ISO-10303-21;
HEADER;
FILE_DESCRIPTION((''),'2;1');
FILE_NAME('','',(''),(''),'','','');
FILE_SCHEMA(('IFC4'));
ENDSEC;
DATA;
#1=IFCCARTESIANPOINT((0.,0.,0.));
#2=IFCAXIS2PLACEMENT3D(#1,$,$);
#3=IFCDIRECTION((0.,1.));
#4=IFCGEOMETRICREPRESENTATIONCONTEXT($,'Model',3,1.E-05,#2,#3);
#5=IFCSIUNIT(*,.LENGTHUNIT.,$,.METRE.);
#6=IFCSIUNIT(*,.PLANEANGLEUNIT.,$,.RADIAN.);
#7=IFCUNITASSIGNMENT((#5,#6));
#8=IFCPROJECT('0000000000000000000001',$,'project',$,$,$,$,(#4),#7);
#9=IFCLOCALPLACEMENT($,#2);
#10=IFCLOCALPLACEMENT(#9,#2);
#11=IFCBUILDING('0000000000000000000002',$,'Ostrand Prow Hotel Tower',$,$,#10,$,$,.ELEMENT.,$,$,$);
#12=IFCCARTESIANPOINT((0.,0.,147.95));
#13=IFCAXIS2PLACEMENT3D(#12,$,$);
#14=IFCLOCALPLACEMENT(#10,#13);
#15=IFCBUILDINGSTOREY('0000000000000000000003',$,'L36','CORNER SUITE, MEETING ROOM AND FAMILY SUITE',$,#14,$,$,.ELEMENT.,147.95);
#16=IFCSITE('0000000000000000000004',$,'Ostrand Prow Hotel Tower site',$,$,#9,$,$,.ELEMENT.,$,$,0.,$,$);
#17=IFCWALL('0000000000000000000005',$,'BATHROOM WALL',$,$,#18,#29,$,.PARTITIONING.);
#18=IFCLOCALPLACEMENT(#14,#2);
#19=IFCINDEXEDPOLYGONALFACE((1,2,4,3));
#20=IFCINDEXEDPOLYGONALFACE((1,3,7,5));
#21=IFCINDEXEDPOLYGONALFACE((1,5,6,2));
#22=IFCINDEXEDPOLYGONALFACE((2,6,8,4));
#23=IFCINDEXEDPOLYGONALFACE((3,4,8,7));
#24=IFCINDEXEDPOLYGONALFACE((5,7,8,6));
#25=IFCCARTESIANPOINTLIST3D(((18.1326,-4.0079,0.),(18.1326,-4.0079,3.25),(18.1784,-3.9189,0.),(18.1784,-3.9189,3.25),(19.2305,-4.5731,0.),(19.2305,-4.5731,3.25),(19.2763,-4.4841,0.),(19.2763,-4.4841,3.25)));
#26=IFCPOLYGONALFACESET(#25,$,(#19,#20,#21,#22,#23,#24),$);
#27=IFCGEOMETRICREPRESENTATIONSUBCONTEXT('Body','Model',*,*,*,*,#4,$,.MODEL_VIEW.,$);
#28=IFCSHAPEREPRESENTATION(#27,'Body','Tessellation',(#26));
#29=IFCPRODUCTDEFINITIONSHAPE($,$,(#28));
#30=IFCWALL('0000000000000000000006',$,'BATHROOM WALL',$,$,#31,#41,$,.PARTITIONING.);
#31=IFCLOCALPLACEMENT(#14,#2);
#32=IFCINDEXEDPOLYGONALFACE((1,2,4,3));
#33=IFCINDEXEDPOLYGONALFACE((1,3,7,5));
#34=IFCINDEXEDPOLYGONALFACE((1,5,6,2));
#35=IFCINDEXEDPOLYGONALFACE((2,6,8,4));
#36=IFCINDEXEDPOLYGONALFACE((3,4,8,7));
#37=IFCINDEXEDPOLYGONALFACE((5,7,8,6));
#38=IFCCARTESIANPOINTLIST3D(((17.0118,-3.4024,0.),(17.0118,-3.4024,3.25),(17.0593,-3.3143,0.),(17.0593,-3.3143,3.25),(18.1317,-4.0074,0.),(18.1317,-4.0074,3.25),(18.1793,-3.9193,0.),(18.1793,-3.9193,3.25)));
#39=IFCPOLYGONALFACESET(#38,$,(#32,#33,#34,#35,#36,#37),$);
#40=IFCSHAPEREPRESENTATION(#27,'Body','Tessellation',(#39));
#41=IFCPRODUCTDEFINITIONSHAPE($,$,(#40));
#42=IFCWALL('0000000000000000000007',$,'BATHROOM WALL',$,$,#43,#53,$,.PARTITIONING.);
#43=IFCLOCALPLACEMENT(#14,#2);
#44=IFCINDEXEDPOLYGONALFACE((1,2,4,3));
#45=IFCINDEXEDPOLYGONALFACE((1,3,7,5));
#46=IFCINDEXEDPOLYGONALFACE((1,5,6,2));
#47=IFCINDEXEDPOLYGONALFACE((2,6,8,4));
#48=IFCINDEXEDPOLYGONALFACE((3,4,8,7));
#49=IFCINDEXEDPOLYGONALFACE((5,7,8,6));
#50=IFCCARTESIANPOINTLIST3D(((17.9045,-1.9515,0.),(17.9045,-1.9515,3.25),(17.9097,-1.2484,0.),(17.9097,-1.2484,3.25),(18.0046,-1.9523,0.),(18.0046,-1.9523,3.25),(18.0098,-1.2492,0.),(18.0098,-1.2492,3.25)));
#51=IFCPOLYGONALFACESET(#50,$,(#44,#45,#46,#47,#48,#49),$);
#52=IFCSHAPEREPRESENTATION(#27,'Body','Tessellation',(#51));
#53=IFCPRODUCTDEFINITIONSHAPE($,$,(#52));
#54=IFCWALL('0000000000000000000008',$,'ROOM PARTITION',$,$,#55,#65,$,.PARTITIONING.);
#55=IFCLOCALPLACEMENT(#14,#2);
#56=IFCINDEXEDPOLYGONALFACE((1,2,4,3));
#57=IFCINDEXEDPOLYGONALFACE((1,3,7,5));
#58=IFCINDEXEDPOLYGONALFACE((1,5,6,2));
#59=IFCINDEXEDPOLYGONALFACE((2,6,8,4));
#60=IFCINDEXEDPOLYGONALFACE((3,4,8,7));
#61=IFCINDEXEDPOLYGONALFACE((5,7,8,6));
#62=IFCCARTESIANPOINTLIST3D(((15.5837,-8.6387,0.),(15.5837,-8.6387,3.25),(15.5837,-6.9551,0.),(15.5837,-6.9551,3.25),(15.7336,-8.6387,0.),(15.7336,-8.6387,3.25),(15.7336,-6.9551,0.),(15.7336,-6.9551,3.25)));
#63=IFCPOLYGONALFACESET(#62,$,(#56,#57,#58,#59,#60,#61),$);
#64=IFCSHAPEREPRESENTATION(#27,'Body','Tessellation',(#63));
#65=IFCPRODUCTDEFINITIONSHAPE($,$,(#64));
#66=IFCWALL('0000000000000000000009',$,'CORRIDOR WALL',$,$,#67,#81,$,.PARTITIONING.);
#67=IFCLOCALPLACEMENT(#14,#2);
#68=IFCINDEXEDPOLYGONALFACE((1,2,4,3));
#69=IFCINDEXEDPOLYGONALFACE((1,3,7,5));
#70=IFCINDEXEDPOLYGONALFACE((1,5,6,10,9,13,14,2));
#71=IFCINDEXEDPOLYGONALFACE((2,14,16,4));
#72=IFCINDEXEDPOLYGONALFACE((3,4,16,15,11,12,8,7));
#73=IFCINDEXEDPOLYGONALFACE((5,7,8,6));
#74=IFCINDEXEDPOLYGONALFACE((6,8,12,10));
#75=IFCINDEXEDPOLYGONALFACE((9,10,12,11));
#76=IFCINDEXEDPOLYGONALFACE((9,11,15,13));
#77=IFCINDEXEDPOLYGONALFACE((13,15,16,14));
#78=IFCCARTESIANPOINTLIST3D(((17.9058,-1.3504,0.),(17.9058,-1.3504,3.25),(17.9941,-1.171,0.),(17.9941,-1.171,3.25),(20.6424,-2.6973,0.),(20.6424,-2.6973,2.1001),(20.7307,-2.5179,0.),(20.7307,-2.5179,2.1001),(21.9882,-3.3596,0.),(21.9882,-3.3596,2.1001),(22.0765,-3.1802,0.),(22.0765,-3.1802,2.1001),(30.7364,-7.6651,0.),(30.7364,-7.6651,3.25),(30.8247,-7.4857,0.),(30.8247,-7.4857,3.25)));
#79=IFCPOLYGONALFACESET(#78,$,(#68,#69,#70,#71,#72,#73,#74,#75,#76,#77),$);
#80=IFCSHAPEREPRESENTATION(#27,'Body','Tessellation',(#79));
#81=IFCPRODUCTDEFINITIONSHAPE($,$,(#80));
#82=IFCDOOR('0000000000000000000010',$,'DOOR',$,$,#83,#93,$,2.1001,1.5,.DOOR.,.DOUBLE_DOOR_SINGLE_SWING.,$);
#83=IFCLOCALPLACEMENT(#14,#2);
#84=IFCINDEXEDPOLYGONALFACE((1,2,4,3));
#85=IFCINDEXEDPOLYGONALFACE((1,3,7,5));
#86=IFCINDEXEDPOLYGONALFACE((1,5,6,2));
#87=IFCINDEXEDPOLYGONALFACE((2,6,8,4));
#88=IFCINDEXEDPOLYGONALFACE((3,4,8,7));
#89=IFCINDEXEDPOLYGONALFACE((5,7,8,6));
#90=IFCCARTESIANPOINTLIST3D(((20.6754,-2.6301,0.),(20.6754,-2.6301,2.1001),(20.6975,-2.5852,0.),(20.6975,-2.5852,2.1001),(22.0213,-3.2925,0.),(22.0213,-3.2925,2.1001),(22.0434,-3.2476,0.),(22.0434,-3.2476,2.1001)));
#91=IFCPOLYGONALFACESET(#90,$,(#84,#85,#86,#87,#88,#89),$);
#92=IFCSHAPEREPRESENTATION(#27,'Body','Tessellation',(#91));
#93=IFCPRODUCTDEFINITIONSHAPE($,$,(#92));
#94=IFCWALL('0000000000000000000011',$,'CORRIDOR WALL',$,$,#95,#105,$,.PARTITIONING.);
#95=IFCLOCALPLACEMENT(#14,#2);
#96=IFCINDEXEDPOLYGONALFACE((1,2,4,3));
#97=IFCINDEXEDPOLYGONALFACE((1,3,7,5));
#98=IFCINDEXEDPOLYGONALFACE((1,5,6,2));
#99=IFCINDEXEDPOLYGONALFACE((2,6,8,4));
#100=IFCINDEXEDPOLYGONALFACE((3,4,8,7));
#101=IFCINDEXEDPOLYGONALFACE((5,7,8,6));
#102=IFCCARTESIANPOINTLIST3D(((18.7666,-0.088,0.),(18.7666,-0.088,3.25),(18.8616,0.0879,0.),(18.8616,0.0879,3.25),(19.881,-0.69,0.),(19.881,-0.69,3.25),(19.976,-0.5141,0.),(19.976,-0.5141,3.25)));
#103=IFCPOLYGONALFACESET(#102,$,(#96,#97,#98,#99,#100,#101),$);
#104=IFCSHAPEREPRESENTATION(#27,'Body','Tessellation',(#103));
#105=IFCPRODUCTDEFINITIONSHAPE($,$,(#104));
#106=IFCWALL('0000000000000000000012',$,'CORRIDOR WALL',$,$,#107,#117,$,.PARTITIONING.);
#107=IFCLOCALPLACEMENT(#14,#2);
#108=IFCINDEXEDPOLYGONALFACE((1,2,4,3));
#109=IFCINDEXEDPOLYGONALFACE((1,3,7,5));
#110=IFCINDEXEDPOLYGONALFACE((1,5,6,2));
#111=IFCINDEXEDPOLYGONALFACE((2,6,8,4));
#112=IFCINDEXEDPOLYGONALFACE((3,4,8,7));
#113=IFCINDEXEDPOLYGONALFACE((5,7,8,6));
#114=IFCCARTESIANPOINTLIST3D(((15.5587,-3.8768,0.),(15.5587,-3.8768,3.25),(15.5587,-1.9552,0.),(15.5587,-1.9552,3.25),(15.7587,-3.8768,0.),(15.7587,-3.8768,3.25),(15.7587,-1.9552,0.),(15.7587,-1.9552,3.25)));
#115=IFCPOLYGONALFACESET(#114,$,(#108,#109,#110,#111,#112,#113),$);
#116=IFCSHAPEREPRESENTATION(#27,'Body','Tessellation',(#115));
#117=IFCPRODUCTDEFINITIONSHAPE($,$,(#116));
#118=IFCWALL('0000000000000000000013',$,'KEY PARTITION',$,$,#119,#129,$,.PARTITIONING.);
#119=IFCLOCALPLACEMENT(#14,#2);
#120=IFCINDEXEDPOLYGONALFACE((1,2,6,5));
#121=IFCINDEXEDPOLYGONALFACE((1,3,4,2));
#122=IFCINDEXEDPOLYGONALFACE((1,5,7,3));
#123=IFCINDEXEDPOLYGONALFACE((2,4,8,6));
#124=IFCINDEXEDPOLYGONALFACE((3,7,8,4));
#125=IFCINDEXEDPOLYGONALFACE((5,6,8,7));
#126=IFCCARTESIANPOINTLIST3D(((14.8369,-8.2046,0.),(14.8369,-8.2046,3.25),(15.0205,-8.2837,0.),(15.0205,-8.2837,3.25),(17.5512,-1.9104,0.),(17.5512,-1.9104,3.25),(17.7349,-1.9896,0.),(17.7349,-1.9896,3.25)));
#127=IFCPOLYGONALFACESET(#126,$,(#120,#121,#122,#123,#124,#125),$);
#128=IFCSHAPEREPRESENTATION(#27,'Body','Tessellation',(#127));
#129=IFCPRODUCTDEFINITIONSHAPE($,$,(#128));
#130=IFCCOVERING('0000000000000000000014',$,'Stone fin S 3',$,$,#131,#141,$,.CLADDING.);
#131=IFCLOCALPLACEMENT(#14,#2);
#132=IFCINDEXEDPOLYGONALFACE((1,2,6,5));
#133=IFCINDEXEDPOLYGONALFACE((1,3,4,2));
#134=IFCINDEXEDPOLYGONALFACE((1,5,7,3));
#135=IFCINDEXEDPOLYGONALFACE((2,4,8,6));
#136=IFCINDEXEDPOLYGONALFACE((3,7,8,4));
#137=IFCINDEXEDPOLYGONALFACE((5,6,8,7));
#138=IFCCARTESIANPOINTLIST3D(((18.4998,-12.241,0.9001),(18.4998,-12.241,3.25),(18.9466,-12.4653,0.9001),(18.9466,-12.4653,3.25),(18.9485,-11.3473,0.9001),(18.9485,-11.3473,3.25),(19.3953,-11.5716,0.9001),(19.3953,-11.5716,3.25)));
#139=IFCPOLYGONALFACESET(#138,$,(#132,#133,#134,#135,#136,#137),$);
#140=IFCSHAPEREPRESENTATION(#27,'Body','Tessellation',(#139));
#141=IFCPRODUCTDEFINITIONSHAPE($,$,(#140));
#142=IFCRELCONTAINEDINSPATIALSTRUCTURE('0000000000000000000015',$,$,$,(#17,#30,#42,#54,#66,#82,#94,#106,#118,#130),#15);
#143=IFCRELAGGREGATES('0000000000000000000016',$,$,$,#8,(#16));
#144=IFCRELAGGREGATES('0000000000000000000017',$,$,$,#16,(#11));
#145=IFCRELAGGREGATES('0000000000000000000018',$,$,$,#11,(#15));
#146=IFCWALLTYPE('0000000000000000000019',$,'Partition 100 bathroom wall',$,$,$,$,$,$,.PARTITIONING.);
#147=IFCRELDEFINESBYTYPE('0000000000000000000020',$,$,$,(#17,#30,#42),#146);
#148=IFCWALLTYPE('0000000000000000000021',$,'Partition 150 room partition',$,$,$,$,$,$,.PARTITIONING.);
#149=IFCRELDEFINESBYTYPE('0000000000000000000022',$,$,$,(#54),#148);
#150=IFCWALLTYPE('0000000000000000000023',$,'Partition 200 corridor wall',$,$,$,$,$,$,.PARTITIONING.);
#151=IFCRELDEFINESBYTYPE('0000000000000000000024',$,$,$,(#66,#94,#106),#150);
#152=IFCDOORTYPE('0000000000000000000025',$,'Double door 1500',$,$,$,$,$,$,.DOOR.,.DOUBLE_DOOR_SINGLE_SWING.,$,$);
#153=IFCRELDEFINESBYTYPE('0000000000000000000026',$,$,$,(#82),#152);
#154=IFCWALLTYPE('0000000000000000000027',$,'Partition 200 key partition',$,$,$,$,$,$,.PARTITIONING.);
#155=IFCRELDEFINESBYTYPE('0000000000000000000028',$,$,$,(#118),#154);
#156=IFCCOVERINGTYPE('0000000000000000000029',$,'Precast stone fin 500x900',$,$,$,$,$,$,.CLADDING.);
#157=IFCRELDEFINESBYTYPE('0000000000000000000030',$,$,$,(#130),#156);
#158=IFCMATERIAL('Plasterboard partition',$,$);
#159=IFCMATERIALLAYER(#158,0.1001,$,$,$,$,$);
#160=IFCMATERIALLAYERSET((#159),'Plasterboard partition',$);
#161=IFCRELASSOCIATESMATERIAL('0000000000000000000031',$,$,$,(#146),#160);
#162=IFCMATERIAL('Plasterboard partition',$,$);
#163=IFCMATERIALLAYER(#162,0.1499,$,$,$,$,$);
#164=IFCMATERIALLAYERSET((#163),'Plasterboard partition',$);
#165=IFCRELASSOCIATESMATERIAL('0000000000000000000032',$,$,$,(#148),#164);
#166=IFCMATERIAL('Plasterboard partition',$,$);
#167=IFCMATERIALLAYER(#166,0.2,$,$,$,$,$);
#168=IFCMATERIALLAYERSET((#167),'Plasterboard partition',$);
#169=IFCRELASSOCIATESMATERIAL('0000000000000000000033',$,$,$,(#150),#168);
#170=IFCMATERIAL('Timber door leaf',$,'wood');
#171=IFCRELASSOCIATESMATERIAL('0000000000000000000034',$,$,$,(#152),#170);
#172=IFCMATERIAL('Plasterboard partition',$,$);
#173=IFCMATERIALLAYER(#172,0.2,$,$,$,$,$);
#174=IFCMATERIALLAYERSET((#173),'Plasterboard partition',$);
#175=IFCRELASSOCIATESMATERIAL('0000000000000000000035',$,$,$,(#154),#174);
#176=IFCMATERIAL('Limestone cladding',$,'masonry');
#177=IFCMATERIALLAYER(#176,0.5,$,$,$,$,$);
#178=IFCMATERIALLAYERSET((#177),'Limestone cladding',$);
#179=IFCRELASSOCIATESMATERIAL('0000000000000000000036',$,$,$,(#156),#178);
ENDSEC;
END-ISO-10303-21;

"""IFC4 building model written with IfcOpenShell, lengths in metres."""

from ifc_helpers import new_model, si_unit, direction, frame, frame_2d, origin, place, context, subcontext, project, spatial, rectangle, extrude, material, layer, layer_set, type_object, element, fill, save


model = new_model("IFC4")

# Units and contexts
model_context = context("Model", 3, precision=1e-05, world=origin(), true_north=direction((0.0, 1.0)))
body_context = subcontext(model_context, "Body", "Model", "MODEL_VIEW")
ifc_project = project(units=[si_unit("LENGTHUNIT", "METRE"), si_unit("PLANEANGLEUNIT", "RADIAN")], contexts=[model_context])

# Site, building, storey
site_placement = place(None, origin())
site = spatial("IfcSite", under=ifc_project, at=site_placement, Name="Ostrand Prow Hotel Tower site", CompositionType="ELEMENT", RefElevation=0.0)
building_placement = place(site_placement, origin())
building = spatial("IfcBuilding", under=site, at=building_placement, Name="Ostrand Prow Hotel Tower", CompositionType="ELEMENT")
storey_placement = place(building_placement, frame((0.0, 0.0, 147.95)))
storey = spatial("IfcBuildingStorey", under=building, at=storey_placement, Name="L36", Description="CORNER SUITE, MEETING ROOM AND FAMILY SUITE", CompositionType="ELEMENT", Elevation=147.95)

# Shared definitions
ifc_material_1 = material(Name="Plasterboard partition")
ifc_layer_1 = layer(ifc_material_1, 0.1001)
ifc_layer_set_1 = layer_set([ifc_layer_1], Name="Plasterboard partition")
wall_type_1 = type_object("IfcWallType", Name="Partition 100 bathroom wall", PredefinedType="PARTITIONING", material=ifc_layer_set_1)

# Walls
wall_1_placement = place(storey_placement, frame((19.2534, -4.5286, 0.0), z_axis=(0.0, 0.0, 1.0), x_axis=(-0.889106, 0.457701, 0.0)))
element("IfcWall", 1, at=wall_1_placement, inside=storey, type_object=wall_type_1, Name="BATHROOM WALL", PredefinedType="PARTITIONING", context=body_context, shape_type="SweptSolid", body=[
    extrude(rectangle(XDim=1.2349, YDim=0.1001, at=frame_2d((0.6174, 0.0))), origin(), (0.0, 0.0, 1.0), 3.25),
])
wall_2_placement = place(storey_placement, frame((18.1555, -3.9634, 0.0), z_axis=(0.0, 0.0, 1.0), x_axis=(-0.879824, 0.4753, 0.0)))
element("IfcWall", 2, at=wall_2_placement, inside=storey, type_object=wall_type_1, Name="BATHROOM WALL", PredefinedType="PARTITIONING", context=body_context, shape_type="SweptSolid", body=[
    extrude(rectangle(XDim=1.2729, YDim=0.1001, at=frame_2d((0.6365, 0.0))), origin(), (0.0, 0.0, 1.0), 3.25),
])
wall_3_placement = place(storey_placement, frame((17.9546, -1.9519, 0.0), z_axis=(0.0, 0.0, 1.0), x_axis=(0.007291, 0.999973, 0.0)))
element("IfcWall", 3, at=wall_3_placement, inside=storey, type_object=wall_type_1, Name="BATHROOM WALL", PredefinedType="PARTITIONING", context=body_context, shape_type="SweptSolid", body=[
    extrude(rectangle(XDim=0.7031, YDim=0.1001, at=frame_2d((0.3516, 0.0))), origin(), (0.0, 0.0, 1.0), 3.25),
])
ifc_material_2 = material(Name="Plasterboard partition")
ifc_layer_2 = layer(ifc_material_2, 0.1499)
ifc_layer_set_2 = layer_set([ifc_layer_2], Name="Plasterboard partition")
wall_type_2 = type_object("IfcWallType", Name="Partition 150 room partition", PredefinedType="PARTITIONING", material=ifc_layer_set_2)
wall_4_placement = place(storey_placement, frame((15.6587, -6.9551, 0.0), z_axis=(0.0, 0.0, 1.0), x_axis=(0.0, -1.0, 0.0)))
element("IfcWall", 4, at=wall_4_placement, inside=storey, type_object=wall_type_2, Name="ROOM PARTITION", PredefinedType="PARTITIONING", context=body_context, shape_type="SweptSolid", body=[
    extrude(rectangle(XDim=1.6836, YDim=0.1499, at=frame_2d((0.8418, 0.0))), origin(), (0.0, 0.0, 1.0), 3.25),
])

# Wall, opening, door
ifc_material_3 = material(Name="Plasterboard partition")
ifc_layer_3 = layer(ifc_material_3, 0.2)
ifc_layer_set_3 = layer_set([ifc_layer_3], Name="Plasterboard partition")
wall_type_3 = type_object("IfcWallType", Name="Partition 200 corridor wall", PredefinedType="PARTITIONING", material=ifc_layer_set_3)
wall_5_placement = place(storey_placement, frame((17.95, -1.2607, 0.0), z_axis=(0.0, 0.0, 1.0), x_axis=(0.897223, -0.441578, 0.0)))
wall_5 = element("IfcWall", 5, at=wall_5_placement, inside=storey, type_object=wall_type_3, Name="CORRIDOR WALL", PredefinedType="PARTITIONING", context=body_context, shape_type="SweptSolid", body=[
    extrude(rectangle(XDim=14.3003, YDim=0.2, at=frame_2d((7.1501, 0.0))), origin(), (0.0, 0.0, 1.0), 3.25),
])
opening_1_placement = place(wall_5_placement, frame((3.05, 0.0, 0.0)))
opening_1 = element("IfcOpeningElement", 6, at=opening_1_placement, cuts=wall_5, PredefinedType="OPENING", context=body_context, shape_type="SweptSolid", body=[
    extrude(rectangle(XDim=1.5, YDim=2.1001, at=frame_2d((0.75, 1.05))), frame((0.0, 0.1099, 0.0), z_axis=(0.0, -1.0, 0.0), x_axis=(1.0, 0.0, 0.0)), (0.0, 0.0, 1.0), 0.22),
])
ifc_material_4 = material(Name="Timber door leaf", Category="wood")
door_type_1 = type_object("IfcDoorType", Name="Double door 1500", OperationType="DOUBLE_DOOR_SINGLE_SWING", PredefinedType="DOOR", material=ifc_material_4)
door_1_placement = place(opening_1_placement, origin())
door_1 = element("IfcDoor", 7, at=door_1_placement, inside=storey, type_object=door_type_1, Name="DOOR", OperationType="DOUBLE_DOOR_SINGLE_SWING", OverallHeight=2.1001, OverallWidth=1.5, PredefinedType="DOOR", context=body_context, shape_type="SweptSolid", body=[
    extrude(rectangle(XDim=1.5, YDim=2.1001, at=frame_2d((0.75, 1.05))), frame((0.0, 0.0249, 0.0), z_axis=(0.0, -1.0, 0.0), x_axis=(1.0, 0.0, 0.0)), (0.0, 0.0, 1.0), 0.05),
])
fill(opening_1, door_1)

# Walls
wall_6_placement = place(storey_placement, frame((19.9285, -0.6021, 0.0), z_axis=(0.0, 0.0, 1.0), x_axis=(-0.879833, 0.475283, 0.0)))
element("IfcWall", 8, at=wall_6_placement, inside=storey, type_object=wall_type_3, Name="CORRIDOR WALL", PredefinedType="PARTITIONING", context=body_context, shape_type="SweptSolid", body=[
    extrude(rectangle(XDim=1.2666, YDim=0.2, at=frame_2d((0.6333, 0.0))), origin(), (0.0, 0.0, 1.0), 3.25),
])
wall_7_placement = place(storey_placement, frame((15.6587, -1.9551, 0.0), z_axis=(0.0, 0.0, 1.0), x_axis=(0.0, -1.0, 0.0)))
element("IfcWall", 9, at=wall_7_placement, inside=storey, type_object=wall_type_3, Name="CORRIDOR WALL", PredefinedType="PARTITIONING", context=body_context, shape_type="SweptSolid", body=[
    extrude(rectangle(XDim=1.9216, YDim=0.2, at=frame_2d((0.9609, 0.0))), origin(), (0.0, 0.0, 1.0), 3.25),
])
ifc_material_5 = material(Name="Plasterboard partition")
ifc_layer_4 = layer(ifc_material_5, 0.2)
ifc_layer_set_4 = layer_set([ifc_layer_4], Name="Plasterboard partition")
wall_type_4 = type_object("IfcWallType", Name="Partition 200 key partition", PredefinedType="PARTITIONING", material=ifc_layer_set_4)
wall_8_placement = place(storey_placement, frame((14.9287, -8.2441, 0.0), z_axis=(0.0, 0.0, 1.0), x_axis=(0.395995, 0.918253, 0.0)))
element("IfcWall", 10, at=wall_8_placement, inside=storey, type_object=wall_type_4, Name="KEY PARTITION", PredefinedType="PARTITIONING", context=body_context, shape_type="SweptSolid", body=[
    extrude(rectangle(XDim=6.8545, YDim=0.2, at=frame_2d((3.4272, 0.0))), origin(), (0.0, 0.0, 1.0), 3.25),
])

# Covering
ifc_material_6 = material(Name="Limestone cladding", Category="masonry")
ifc_layer_5 = layer(ifc_material_6, 0.5)
ifc_layer_set_5 = layer_set([ifc_layer_5], Name="Limestone cladding")
covering_type = type_object("IfcCoveringType", Name="Precast stone fin 500x900", PredefinedType="CLADDING", material=ifc_layer_set_5)
covering_placement = place(storey_placement, frame((19.1719, -11.4595, 0.9001), z_axis=(0.0, 0.0, 1.0), x_axis=(-0.448678, -0.893694, 0.0)))
element("IfcCovering", 11, at=covering_placement, inside=storey, type_object=covering_type, Name="Stone fin S 3", PredefinedType="CLADDING", context=body_context, shape_type="SweptSolid", body=[
    extrude(rectangle(XDim=1.0, YDim=0.5, at=frame_2d((0.5, 0.0))), origin(), (0.0, 0.0, 1.0), 2.3499),
])

save(model, "model.ifc")
